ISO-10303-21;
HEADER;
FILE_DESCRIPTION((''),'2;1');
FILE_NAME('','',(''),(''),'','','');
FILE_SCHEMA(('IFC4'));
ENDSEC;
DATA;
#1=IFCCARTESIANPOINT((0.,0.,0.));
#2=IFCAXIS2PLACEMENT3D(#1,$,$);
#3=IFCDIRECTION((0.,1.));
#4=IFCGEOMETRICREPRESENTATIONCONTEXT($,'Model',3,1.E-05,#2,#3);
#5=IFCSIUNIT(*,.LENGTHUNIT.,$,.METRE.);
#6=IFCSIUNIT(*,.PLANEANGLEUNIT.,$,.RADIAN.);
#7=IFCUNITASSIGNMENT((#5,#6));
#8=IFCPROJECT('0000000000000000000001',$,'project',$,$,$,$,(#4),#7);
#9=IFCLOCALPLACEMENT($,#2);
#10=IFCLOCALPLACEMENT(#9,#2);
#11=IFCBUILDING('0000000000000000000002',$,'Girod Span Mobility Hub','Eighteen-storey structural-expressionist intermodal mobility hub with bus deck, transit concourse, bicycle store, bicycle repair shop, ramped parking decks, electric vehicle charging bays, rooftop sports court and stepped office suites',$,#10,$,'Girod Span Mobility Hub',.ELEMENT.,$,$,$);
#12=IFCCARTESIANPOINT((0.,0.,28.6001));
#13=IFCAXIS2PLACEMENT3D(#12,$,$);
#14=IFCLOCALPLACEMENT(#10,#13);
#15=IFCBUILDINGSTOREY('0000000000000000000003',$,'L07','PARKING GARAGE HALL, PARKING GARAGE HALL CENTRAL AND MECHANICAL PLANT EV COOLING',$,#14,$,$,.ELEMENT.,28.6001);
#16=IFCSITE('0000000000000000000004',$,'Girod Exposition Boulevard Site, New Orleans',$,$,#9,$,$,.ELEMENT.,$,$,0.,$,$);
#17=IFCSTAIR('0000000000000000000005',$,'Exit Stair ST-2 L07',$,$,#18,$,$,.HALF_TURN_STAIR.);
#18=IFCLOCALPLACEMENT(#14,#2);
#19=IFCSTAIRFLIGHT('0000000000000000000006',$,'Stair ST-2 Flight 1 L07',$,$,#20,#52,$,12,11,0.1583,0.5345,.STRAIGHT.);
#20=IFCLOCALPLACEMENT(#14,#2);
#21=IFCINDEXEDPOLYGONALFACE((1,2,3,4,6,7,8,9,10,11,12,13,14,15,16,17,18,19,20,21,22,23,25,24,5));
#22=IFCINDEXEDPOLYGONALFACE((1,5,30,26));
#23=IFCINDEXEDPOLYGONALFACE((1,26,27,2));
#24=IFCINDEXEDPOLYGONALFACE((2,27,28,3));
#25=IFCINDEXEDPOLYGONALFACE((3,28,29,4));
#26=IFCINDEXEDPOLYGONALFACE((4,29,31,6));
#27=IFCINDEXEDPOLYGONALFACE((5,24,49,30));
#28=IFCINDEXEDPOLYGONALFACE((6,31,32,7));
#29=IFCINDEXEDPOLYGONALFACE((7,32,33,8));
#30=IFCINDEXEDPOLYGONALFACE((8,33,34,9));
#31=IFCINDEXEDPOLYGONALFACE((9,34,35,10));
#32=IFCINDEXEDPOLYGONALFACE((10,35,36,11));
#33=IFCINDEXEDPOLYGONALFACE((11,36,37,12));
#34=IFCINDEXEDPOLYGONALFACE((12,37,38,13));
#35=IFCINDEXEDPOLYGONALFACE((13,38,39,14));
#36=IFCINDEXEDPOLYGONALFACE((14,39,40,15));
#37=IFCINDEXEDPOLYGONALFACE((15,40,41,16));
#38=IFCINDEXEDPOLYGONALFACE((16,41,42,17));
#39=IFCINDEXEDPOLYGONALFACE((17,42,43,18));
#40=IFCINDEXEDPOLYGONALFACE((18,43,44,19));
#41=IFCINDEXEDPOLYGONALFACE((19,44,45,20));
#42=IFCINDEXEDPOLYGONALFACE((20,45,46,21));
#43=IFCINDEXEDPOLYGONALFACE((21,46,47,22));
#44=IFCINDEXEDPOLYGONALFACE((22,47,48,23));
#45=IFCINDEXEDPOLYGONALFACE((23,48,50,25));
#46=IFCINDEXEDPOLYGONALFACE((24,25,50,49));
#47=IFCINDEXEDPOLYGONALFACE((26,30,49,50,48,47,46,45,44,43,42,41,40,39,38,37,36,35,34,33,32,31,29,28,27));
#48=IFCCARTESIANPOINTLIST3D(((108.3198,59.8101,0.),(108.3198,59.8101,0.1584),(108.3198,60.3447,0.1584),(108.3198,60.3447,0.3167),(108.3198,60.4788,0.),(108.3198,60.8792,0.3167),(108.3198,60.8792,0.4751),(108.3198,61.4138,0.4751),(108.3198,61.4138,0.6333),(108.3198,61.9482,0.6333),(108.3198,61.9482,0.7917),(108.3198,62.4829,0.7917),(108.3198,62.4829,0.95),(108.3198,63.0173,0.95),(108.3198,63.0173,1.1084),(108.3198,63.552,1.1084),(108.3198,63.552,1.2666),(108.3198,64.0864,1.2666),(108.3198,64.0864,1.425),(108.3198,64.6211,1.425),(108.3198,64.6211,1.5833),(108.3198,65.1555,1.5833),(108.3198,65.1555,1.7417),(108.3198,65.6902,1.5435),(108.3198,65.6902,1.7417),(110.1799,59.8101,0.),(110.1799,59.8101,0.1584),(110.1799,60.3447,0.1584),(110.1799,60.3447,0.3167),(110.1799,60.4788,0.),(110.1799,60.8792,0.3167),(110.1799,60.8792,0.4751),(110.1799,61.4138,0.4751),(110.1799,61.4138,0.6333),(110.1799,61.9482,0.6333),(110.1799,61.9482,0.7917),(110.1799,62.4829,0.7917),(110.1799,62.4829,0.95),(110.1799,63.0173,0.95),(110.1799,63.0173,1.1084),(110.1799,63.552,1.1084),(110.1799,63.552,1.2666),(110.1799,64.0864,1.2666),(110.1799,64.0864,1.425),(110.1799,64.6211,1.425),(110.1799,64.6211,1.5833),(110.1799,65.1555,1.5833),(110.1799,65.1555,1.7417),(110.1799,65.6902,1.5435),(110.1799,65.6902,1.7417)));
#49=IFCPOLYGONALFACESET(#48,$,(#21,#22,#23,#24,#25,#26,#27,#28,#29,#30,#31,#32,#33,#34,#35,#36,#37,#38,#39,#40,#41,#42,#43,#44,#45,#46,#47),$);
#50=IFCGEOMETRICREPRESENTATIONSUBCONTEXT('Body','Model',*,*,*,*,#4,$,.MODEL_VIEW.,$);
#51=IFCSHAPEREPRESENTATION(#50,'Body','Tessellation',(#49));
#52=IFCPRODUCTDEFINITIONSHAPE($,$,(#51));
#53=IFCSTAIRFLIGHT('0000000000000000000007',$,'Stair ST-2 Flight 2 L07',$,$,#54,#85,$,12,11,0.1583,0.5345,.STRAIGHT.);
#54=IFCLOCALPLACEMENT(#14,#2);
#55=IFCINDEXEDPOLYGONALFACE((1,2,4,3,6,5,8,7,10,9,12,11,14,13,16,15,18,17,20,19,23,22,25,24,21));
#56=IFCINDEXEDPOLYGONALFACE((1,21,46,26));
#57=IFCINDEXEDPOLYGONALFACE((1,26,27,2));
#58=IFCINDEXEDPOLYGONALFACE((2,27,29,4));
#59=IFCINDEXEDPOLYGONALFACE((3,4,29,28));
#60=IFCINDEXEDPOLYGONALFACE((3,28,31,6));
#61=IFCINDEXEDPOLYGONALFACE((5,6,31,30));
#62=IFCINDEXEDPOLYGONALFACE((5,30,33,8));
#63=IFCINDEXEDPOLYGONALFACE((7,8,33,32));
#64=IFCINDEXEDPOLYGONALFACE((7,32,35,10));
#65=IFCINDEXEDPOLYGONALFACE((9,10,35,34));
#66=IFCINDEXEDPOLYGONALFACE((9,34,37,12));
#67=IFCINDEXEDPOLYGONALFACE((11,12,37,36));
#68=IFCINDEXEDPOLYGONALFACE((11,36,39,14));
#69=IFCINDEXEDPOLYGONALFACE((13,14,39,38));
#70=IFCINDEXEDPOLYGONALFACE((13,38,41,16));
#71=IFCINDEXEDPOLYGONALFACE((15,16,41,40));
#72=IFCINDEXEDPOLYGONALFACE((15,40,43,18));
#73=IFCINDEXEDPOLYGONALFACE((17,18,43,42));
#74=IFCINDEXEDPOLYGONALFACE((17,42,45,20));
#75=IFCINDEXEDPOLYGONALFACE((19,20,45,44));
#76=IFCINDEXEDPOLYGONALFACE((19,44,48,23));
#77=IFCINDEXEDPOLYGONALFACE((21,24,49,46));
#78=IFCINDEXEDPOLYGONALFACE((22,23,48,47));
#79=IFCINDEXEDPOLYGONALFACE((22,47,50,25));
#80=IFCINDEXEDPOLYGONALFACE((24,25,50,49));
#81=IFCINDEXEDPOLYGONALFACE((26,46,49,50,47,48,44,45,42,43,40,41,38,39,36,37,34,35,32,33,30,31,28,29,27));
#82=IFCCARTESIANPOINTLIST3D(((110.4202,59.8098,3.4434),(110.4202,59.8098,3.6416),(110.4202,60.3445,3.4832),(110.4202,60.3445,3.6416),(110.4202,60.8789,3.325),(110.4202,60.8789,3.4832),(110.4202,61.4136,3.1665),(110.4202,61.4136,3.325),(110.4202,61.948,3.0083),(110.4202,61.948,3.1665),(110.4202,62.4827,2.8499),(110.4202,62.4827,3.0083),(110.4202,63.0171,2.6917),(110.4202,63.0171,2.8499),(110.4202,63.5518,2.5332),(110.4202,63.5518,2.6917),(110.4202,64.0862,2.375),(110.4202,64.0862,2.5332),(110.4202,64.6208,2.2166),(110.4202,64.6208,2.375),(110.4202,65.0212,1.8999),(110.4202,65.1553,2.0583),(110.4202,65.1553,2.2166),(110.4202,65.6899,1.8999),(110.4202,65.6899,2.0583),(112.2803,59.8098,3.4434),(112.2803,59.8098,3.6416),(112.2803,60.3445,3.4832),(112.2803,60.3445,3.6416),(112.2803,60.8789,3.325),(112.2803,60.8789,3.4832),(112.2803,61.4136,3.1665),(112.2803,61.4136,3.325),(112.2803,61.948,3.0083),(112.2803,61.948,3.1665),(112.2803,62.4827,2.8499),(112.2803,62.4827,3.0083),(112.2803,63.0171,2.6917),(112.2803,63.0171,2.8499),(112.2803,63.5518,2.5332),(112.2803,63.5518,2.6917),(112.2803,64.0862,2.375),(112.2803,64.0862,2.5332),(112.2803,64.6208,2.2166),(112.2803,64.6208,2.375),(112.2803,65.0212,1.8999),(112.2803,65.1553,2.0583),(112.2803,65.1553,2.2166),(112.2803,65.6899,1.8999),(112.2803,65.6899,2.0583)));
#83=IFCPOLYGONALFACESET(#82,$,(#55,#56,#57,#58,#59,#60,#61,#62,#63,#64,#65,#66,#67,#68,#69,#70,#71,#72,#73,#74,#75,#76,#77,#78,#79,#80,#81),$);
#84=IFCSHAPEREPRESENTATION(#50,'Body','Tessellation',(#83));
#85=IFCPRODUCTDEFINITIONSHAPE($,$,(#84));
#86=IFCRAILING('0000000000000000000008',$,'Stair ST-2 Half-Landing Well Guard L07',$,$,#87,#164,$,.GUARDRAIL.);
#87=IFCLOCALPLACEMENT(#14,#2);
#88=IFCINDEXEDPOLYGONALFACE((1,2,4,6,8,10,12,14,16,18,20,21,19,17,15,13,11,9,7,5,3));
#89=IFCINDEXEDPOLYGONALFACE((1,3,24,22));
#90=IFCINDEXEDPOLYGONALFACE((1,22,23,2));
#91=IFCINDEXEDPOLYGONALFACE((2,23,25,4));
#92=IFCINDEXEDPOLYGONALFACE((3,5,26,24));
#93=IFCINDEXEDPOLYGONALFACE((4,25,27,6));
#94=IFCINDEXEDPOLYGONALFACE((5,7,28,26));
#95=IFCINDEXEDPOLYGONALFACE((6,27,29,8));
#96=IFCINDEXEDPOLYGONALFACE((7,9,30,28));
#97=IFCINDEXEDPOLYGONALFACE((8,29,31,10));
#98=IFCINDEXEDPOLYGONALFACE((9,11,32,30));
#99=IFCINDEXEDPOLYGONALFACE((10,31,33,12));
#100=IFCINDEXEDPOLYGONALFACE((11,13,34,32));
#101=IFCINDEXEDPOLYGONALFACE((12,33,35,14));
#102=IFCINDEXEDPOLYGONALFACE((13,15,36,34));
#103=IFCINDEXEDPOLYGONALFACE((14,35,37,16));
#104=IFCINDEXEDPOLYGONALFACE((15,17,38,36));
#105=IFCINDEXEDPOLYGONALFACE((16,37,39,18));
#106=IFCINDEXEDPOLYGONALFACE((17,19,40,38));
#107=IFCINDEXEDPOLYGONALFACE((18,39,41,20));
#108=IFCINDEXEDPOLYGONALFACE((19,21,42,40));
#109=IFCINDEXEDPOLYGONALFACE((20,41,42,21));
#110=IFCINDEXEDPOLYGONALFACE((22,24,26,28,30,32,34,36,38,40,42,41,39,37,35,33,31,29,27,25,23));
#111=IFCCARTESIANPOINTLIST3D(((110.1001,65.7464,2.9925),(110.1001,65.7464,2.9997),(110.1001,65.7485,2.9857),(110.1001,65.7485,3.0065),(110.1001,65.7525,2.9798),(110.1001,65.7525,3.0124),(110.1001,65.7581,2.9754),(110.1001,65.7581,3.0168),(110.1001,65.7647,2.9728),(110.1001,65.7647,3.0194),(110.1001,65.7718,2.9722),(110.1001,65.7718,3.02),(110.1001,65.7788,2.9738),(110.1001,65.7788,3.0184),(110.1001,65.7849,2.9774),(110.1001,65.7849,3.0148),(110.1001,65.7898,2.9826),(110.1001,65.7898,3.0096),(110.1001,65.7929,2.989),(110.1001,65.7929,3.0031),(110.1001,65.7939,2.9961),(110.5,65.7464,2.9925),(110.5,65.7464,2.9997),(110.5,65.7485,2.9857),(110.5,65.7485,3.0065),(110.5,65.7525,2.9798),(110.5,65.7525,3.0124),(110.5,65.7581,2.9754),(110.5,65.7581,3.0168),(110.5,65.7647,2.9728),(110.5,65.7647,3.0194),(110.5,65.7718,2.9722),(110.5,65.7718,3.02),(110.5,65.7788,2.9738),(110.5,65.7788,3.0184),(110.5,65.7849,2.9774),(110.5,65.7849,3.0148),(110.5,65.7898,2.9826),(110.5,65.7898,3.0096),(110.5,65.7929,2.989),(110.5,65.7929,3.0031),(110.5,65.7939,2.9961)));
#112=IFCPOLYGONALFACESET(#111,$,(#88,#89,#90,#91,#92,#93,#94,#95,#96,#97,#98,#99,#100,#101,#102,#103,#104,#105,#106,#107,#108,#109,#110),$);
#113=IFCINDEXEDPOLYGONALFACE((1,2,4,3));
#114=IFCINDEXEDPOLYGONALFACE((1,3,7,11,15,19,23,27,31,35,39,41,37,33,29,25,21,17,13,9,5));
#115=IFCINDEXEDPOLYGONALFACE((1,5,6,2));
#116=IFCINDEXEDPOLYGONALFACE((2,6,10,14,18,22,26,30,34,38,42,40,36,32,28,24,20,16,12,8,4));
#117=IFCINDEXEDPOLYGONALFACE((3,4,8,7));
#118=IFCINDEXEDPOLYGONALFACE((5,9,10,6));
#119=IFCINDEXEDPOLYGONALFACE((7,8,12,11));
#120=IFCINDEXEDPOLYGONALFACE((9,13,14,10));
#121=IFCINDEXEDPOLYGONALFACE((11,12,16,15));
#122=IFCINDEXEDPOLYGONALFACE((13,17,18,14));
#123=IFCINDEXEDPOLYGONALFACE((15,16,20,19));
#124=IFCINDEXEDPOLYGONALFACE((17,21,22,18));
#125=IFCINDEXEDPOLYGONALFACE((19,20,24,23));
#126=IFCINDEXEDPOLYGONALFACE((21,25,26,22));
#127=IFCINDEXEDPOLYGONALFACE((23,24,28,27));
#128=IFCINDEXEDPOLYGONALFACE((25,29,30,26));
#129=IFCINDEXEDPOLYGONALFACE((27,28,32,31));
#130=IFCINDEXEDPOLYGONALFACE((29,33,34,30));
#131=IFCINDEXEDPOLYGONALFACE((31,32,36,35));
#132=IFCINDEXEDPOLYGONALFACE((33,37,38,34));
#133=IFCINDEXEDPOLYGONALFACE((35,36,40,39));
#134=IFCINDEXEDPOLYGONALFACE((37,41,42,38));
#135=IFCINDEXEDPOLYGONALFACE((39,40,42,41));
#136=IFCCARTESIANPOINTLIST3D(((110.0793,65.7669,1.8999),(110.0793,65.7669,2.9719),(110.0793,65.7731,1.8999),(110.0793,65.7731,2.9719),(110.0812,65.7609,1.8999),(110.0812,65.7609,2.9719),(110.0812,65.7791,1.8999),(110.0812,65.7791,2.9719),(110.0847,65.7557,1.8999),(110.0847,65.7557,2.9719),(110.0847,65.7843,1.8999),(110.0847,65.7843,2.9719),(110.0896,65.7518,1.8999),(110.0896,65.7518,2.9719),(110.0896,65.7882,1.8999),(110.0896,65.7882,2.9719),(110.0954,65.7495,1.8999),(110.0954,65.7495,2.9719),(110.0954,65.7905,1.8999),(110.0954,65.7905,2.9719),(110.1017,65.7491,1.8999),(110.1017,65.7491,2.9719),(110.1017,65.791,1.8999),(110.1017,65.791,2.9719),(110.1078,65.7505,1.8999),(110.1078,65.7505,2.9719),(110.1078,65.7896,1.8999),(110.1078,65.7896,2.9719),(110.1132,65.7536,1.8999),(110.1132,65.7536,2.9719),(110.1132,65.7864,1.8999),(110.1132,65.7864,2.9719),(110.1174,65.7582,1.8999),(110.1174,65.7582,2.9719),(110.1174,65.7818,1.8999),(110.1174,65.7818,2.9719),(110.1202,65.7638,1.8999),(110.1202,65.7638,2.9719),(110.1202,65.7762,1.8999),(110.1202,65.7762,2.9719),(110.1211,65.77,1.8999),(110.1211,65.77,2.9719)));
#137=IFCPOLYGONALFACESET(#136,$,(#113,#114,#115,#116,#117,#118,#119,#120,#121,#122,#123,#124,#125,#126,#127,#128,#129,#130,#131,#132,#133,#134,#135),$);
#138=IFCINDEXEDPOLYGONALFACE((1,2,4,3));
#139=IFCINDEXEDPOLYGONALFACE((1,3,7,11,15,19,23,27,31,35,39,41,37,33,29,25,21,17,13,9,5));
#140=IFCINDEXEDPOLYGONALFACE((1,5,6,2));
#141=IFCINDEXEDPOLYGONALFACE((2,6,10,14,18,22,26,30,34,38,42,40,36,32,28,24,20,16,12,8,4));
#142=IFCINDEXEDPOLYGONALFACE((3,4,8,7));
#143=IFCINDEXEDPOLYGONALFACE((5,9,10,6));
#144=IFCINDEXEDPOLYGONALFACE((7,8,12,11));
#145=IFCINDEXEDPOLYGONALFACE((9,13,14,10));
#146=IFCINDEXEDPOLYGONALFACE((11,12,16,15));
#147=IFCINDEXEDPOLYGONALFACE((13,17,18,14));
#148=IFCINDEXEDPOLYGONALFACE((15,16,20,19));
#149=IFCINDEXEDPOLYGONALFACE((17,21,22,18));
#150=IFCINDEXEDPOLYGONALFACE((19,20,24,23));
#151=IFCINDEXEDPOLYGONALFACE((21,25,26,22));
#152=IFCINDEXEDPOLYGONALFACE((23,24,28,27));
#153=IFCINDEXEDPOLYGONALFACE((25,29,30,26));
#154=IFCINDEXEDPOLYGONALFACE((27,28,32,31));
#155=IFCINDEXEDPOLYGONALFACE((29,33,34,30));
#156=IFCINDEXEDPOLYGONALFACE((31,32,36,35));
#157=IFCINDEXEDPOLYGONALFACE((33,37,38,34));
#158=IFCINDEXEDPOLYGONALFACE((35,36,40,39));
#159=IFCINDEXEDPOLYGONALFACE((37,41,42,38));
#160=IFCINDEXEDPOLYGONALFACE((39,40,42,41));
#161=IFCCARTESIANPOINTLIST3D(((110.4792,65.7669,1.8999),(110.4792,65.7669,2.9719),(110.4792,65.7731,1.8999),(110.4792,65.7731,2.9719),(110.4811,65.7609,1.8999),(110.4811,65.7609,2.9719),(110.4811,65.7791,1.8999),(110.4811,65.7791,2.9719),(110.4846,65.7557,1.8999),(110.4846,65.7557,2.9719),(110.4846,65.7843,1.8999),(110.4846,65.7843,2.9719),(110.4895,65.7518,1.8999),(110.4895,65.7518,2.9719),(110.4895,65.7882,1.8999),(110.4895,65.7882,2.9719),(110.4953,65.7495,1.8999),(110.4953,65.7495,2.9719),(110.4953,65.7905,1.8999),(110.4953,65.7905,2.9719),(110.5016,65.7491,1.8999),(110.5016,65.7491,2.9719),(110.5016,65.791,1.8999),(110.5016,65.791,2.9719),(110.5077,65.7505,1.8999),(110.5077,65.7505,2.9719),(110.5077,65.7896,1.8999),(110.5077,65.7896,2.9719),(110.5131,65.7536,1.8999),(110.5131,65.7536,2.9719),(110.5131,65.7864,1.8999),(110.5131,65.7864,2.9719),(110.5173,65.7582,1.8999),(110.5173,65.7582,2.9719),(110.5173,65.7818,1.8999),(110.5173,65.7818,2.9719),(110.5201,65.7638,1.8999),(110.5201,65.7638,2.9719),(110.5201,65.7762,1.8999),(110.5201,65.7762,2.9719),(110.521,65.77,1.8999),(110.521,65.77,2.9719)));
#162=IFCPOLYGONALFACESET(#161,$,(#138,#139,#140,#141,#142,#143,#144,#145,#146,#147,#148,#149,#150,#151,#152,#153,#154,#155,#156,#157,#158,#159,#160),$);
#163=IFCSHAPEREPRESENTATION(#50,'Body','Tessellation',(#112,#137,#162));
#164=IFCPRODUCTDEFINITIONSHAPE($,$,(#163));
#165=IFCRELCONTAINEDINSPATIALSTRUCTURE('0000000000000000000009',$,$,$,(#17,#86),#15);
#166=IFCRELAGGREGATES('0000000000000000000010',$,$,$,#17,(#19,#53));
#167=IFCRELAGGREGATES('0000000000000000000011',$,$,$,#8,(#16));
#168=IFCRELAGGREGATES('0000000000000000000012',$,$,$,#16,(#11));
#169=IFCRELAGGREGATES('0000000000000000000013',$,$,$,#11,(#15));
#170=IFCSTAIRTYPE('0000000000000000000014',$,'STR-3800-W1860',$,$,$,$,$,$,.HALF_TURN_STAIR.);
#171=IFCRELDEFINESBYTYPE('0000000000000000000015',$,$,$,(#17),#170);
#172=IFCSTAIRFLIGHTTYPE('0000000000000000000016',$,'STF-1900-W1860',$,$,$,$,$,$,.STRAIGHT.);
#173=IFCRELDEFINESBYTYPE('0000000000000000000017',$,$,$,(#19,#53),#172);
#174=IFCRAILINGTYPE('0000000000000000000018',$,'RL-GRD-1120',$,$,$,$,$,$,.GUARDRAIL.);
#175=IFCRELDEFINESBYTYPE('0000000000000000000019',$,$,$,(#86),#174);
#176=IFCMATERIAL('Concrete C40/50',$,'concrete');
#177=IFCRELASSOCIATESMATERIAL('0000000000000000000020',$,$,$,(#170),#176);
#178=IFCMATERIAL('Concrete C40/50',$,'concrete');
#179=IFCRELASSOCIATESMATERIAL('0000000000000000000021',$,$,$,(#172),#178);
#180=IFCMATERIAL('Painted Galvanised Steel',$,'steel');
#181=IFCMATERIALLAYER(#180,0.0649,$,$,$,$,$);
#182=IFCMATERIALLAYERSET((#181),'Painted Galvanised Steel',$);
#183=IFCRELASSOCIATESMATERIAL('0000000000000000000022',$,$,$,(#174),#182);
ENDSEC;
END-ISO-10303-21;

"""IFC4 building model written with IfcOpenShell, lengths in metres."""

from ifc_helpers import new_model, si_unit, direction, frame, origin, origin_2d, place, context, subcontext, project, spatial, polyline, circle, outline, extrude, material, layer, layer_set, type_object, element, aggregate, save


model = new_model("IFC4")

# Units and contexts
model_context = context("Model", 3, precision=1e-05, world=origin(), true_north=direction((0.0, 1.0)))
body_context = subcontext(model_context, "Body", "Model", "MODEL_VIEW")
ifc_project = project(units=[si_unit("LENGTHUNIT", "METRE"), si_unit("PLANEANGLEUNIT", "RADIAN")], contexts=[model_context])

# Site, building, storey
site_placement = place(None, origin())
site = spatial("IfcSite", under=ifc_project, at=site_placement, Name="Girod Exposition Boulevard Site, New Orleans", CompositionType="ELEMENT", RefElevation=0.0)
building_placement = place(site_placement, origin())
building = spatial("IfcBuilding", under=site, at=building_placement, Name="Girod Span Mobility Hub", Description="Eighteen-storey structural-expressionist intermodal mobility hub with bus deck, transit concourse, bicycle store, bicycle repair shop, ramped parking decks, electric vehicle charging bays, rooftop sports court and stepped office suites", LongName="Girod Span Mobility Hub", CompositionType="ELEMENT")
storey_placement = place(building_placement, frame((0.0, 0.0, 28.6001)))
storey = spatial("IfcBuildingStorey", under=building, at=storey_placement, Name="L07", Description="PARKING GARAGE HALL, PARKING GARAGE HALL CENTRAL AND MECHANICAL PLANT EV COOLING", CompositionType="ELEMENT", Elevation=28.6001)

# Stair, stair flights
ifc_material_1 = material(Name="Concrete C40/50", Category="concrete")
stair_type = type_object("IfcStairType", Name="STR-3800-W1860", PredefinedType="HALF_TURN_STAIR", material=ifc_material_1)
stair_placement = place(storey_placement, origin())
stair = element("IfcStair", 1, at=stair_placement, inside=storey, type_object=stair_type, Name="Exit Stair ST-2 L07", PredefinedType="HALF_TURN_STAIR")
ifc_material_2 = material(Name="Concrete C40/50", Category="concrete")
stair_flight_type = type_object("IfcStairFlightType", Name="STF-1900-W1860", PredefinedType="STRAIGHT", material=ifc_material_2)
stair_flight_1_placement = place(storey_placement, frame((109.25, 59.8101, 0.0), z_axis=(0.0, 0.0, 1.0), x_axis=(0.0, 1.0, 0.0)))
stair_flight_1 = element("IfcStairFlight", 2, at=stair_flight_1_placement, type_object=stair_flight_type, Name="Stair ST-2 Flight 1 L07", NumberOfRisers=12, NumberOfTreads=11, PredefinedType="STRAIGHT", RiserHeight=0.1583, TreadLength=0.5345, context=body_context, shape_type="SweptSolid", body=[
    extrude(outline(polyline([(0.0, 0.0), (0.0, 0.1584), (0.5347, 0.1584), (0.5347, 0.3167), (1.0691, 0.3167), (1.0691, 0.4751), (1.6038, 0.4751), (1.6038, 0.6333), (2.1382, 0.6333), (2.1382, 0.7917), (2.6729, 0.7917), (2.6729, 0.95), (3.2073, 0.95), (3.2073, 1.1084), (3.7419, 1.1084), (3.7419, 1.2666), (4.2764, 1.2666), (4.2764, 1.425), (4.811, 1.425), (4.811, 1.5833), (5.3455, 1.5833), (5.3455, 1.7417), (5.8801, 1.7417), (5.8801, 1.8999), (5.8801, 1.5435), (0.6687, 0.0), (0.0, 0.0)])), frame((0.0, 0.9302, 0.0), z_axis=(0.0, -1.0, 0.0), x_axis=(1.0, 0.0, 0.0)), (0.0, 0.0, 1.0), 1.8601),
])
stair_flight_2_placement = place(storey_placement, frame((111.3501, 65.6899, 1.8999), z_axis=(0.0, 0.0, 1.0), x_axis=(0.0, -1.0, 0.0)))
stair_flight_2 = element("IfcStairFlight", 3, at=stair_flight_2_placement, type_object=stair_flight_type, Name="Stair ST-2 Flight 2 L07", NumberOfRisers=12, NumberOfTreads=11, PredefinedType="STRAIGHT", RiserHeight=0.1583, TreadLength=0.5345, context=body_context, shape_type="SweptSolid", body=[
    extrude(outline(polyline([(0.0, 0.0), (0.0, 0.1584), (0.5347, 0.1584), (0.5347, 0.3167), (1.0691, 0.3167), (1.0691, 0.4751), (1.6038, 0.4751), (1.6038, 0.6333), (2.1382, 0.6333), (2.1382, 0.7917), (2.6729, 0.7917), (2.6729, 0.95), (3.2073, 0.95), (3.2073, 1.1084), (3.7419, 1.1084), (3.7419, 1.2666), (4.2764, 1.2666), (4.2764, 1.425), (4.811, 1.425), (4.811, 1.5833), (5.3455, 1.5833), (5.3455, 1.7417), (5.8801, 1.7417), (5.8801, 1.8999), (5.8801, 1.5435), (0.6687, 0.0), (0.0, 0.0)])), frame((0.0, 0.9302, 0.0), z_axis=(0.0, -1.0, 0.0), x_axis=(1.0, 0.0, 0.0)), (0.0, 0.0, 1.0), 1.8601),
])
aggregate(stair, [stair_flight_1, stair_flight_2])

# Railing
ifc_material_3 = material(Name="Painted Galvanised Steel", Category="steel")
ifc_layer_1 = layer(ifc_material_3, 0.0649)
ifc_layer_set_1 = layer_set([ifc_layer_1], Name="Painted Galvanised Steel")
railing_type_1 = type_object("IfcRailingType", Name="RL-GRD-1120", PredefinedType="GUARDRAIL", material=ifc_layer_set_1)
for number, where, name in (
    (4, (110.1001, 65.77, 1.8999), "Stair ST-2 Half-Landing Well Guard L07"),
):
    element("IfcRailing", number, at=place(storey_placement, frame(where)), inside=storey, type_object=railing_type_1, Name=name, PredefinedType="GUARDRAIL", context=body_context, shape_type="SweptSolid", body=[
        extrude(circle(Radius=0.0239, at=origin_2d()), frame((0.0, 0.0, 1.0962), z_axis=(1.0, 0.0, 0.0), x_axis=(0.0, 1.0, 0.0)), (0.0, 0.0, 1.0), 0.3999),
        extrude(circle(Radius=0.021, at=origin_2d()), origin(), (0.0, 0.0, 1.0), 1.072),
        extrude(circle(Radius=0.021, at=origin_2d()), frame((0.3999, 0.0, 0.0)), (0.0, 0.0, 1.0), 1.072),
    ])

save(model, "model.ifc")
